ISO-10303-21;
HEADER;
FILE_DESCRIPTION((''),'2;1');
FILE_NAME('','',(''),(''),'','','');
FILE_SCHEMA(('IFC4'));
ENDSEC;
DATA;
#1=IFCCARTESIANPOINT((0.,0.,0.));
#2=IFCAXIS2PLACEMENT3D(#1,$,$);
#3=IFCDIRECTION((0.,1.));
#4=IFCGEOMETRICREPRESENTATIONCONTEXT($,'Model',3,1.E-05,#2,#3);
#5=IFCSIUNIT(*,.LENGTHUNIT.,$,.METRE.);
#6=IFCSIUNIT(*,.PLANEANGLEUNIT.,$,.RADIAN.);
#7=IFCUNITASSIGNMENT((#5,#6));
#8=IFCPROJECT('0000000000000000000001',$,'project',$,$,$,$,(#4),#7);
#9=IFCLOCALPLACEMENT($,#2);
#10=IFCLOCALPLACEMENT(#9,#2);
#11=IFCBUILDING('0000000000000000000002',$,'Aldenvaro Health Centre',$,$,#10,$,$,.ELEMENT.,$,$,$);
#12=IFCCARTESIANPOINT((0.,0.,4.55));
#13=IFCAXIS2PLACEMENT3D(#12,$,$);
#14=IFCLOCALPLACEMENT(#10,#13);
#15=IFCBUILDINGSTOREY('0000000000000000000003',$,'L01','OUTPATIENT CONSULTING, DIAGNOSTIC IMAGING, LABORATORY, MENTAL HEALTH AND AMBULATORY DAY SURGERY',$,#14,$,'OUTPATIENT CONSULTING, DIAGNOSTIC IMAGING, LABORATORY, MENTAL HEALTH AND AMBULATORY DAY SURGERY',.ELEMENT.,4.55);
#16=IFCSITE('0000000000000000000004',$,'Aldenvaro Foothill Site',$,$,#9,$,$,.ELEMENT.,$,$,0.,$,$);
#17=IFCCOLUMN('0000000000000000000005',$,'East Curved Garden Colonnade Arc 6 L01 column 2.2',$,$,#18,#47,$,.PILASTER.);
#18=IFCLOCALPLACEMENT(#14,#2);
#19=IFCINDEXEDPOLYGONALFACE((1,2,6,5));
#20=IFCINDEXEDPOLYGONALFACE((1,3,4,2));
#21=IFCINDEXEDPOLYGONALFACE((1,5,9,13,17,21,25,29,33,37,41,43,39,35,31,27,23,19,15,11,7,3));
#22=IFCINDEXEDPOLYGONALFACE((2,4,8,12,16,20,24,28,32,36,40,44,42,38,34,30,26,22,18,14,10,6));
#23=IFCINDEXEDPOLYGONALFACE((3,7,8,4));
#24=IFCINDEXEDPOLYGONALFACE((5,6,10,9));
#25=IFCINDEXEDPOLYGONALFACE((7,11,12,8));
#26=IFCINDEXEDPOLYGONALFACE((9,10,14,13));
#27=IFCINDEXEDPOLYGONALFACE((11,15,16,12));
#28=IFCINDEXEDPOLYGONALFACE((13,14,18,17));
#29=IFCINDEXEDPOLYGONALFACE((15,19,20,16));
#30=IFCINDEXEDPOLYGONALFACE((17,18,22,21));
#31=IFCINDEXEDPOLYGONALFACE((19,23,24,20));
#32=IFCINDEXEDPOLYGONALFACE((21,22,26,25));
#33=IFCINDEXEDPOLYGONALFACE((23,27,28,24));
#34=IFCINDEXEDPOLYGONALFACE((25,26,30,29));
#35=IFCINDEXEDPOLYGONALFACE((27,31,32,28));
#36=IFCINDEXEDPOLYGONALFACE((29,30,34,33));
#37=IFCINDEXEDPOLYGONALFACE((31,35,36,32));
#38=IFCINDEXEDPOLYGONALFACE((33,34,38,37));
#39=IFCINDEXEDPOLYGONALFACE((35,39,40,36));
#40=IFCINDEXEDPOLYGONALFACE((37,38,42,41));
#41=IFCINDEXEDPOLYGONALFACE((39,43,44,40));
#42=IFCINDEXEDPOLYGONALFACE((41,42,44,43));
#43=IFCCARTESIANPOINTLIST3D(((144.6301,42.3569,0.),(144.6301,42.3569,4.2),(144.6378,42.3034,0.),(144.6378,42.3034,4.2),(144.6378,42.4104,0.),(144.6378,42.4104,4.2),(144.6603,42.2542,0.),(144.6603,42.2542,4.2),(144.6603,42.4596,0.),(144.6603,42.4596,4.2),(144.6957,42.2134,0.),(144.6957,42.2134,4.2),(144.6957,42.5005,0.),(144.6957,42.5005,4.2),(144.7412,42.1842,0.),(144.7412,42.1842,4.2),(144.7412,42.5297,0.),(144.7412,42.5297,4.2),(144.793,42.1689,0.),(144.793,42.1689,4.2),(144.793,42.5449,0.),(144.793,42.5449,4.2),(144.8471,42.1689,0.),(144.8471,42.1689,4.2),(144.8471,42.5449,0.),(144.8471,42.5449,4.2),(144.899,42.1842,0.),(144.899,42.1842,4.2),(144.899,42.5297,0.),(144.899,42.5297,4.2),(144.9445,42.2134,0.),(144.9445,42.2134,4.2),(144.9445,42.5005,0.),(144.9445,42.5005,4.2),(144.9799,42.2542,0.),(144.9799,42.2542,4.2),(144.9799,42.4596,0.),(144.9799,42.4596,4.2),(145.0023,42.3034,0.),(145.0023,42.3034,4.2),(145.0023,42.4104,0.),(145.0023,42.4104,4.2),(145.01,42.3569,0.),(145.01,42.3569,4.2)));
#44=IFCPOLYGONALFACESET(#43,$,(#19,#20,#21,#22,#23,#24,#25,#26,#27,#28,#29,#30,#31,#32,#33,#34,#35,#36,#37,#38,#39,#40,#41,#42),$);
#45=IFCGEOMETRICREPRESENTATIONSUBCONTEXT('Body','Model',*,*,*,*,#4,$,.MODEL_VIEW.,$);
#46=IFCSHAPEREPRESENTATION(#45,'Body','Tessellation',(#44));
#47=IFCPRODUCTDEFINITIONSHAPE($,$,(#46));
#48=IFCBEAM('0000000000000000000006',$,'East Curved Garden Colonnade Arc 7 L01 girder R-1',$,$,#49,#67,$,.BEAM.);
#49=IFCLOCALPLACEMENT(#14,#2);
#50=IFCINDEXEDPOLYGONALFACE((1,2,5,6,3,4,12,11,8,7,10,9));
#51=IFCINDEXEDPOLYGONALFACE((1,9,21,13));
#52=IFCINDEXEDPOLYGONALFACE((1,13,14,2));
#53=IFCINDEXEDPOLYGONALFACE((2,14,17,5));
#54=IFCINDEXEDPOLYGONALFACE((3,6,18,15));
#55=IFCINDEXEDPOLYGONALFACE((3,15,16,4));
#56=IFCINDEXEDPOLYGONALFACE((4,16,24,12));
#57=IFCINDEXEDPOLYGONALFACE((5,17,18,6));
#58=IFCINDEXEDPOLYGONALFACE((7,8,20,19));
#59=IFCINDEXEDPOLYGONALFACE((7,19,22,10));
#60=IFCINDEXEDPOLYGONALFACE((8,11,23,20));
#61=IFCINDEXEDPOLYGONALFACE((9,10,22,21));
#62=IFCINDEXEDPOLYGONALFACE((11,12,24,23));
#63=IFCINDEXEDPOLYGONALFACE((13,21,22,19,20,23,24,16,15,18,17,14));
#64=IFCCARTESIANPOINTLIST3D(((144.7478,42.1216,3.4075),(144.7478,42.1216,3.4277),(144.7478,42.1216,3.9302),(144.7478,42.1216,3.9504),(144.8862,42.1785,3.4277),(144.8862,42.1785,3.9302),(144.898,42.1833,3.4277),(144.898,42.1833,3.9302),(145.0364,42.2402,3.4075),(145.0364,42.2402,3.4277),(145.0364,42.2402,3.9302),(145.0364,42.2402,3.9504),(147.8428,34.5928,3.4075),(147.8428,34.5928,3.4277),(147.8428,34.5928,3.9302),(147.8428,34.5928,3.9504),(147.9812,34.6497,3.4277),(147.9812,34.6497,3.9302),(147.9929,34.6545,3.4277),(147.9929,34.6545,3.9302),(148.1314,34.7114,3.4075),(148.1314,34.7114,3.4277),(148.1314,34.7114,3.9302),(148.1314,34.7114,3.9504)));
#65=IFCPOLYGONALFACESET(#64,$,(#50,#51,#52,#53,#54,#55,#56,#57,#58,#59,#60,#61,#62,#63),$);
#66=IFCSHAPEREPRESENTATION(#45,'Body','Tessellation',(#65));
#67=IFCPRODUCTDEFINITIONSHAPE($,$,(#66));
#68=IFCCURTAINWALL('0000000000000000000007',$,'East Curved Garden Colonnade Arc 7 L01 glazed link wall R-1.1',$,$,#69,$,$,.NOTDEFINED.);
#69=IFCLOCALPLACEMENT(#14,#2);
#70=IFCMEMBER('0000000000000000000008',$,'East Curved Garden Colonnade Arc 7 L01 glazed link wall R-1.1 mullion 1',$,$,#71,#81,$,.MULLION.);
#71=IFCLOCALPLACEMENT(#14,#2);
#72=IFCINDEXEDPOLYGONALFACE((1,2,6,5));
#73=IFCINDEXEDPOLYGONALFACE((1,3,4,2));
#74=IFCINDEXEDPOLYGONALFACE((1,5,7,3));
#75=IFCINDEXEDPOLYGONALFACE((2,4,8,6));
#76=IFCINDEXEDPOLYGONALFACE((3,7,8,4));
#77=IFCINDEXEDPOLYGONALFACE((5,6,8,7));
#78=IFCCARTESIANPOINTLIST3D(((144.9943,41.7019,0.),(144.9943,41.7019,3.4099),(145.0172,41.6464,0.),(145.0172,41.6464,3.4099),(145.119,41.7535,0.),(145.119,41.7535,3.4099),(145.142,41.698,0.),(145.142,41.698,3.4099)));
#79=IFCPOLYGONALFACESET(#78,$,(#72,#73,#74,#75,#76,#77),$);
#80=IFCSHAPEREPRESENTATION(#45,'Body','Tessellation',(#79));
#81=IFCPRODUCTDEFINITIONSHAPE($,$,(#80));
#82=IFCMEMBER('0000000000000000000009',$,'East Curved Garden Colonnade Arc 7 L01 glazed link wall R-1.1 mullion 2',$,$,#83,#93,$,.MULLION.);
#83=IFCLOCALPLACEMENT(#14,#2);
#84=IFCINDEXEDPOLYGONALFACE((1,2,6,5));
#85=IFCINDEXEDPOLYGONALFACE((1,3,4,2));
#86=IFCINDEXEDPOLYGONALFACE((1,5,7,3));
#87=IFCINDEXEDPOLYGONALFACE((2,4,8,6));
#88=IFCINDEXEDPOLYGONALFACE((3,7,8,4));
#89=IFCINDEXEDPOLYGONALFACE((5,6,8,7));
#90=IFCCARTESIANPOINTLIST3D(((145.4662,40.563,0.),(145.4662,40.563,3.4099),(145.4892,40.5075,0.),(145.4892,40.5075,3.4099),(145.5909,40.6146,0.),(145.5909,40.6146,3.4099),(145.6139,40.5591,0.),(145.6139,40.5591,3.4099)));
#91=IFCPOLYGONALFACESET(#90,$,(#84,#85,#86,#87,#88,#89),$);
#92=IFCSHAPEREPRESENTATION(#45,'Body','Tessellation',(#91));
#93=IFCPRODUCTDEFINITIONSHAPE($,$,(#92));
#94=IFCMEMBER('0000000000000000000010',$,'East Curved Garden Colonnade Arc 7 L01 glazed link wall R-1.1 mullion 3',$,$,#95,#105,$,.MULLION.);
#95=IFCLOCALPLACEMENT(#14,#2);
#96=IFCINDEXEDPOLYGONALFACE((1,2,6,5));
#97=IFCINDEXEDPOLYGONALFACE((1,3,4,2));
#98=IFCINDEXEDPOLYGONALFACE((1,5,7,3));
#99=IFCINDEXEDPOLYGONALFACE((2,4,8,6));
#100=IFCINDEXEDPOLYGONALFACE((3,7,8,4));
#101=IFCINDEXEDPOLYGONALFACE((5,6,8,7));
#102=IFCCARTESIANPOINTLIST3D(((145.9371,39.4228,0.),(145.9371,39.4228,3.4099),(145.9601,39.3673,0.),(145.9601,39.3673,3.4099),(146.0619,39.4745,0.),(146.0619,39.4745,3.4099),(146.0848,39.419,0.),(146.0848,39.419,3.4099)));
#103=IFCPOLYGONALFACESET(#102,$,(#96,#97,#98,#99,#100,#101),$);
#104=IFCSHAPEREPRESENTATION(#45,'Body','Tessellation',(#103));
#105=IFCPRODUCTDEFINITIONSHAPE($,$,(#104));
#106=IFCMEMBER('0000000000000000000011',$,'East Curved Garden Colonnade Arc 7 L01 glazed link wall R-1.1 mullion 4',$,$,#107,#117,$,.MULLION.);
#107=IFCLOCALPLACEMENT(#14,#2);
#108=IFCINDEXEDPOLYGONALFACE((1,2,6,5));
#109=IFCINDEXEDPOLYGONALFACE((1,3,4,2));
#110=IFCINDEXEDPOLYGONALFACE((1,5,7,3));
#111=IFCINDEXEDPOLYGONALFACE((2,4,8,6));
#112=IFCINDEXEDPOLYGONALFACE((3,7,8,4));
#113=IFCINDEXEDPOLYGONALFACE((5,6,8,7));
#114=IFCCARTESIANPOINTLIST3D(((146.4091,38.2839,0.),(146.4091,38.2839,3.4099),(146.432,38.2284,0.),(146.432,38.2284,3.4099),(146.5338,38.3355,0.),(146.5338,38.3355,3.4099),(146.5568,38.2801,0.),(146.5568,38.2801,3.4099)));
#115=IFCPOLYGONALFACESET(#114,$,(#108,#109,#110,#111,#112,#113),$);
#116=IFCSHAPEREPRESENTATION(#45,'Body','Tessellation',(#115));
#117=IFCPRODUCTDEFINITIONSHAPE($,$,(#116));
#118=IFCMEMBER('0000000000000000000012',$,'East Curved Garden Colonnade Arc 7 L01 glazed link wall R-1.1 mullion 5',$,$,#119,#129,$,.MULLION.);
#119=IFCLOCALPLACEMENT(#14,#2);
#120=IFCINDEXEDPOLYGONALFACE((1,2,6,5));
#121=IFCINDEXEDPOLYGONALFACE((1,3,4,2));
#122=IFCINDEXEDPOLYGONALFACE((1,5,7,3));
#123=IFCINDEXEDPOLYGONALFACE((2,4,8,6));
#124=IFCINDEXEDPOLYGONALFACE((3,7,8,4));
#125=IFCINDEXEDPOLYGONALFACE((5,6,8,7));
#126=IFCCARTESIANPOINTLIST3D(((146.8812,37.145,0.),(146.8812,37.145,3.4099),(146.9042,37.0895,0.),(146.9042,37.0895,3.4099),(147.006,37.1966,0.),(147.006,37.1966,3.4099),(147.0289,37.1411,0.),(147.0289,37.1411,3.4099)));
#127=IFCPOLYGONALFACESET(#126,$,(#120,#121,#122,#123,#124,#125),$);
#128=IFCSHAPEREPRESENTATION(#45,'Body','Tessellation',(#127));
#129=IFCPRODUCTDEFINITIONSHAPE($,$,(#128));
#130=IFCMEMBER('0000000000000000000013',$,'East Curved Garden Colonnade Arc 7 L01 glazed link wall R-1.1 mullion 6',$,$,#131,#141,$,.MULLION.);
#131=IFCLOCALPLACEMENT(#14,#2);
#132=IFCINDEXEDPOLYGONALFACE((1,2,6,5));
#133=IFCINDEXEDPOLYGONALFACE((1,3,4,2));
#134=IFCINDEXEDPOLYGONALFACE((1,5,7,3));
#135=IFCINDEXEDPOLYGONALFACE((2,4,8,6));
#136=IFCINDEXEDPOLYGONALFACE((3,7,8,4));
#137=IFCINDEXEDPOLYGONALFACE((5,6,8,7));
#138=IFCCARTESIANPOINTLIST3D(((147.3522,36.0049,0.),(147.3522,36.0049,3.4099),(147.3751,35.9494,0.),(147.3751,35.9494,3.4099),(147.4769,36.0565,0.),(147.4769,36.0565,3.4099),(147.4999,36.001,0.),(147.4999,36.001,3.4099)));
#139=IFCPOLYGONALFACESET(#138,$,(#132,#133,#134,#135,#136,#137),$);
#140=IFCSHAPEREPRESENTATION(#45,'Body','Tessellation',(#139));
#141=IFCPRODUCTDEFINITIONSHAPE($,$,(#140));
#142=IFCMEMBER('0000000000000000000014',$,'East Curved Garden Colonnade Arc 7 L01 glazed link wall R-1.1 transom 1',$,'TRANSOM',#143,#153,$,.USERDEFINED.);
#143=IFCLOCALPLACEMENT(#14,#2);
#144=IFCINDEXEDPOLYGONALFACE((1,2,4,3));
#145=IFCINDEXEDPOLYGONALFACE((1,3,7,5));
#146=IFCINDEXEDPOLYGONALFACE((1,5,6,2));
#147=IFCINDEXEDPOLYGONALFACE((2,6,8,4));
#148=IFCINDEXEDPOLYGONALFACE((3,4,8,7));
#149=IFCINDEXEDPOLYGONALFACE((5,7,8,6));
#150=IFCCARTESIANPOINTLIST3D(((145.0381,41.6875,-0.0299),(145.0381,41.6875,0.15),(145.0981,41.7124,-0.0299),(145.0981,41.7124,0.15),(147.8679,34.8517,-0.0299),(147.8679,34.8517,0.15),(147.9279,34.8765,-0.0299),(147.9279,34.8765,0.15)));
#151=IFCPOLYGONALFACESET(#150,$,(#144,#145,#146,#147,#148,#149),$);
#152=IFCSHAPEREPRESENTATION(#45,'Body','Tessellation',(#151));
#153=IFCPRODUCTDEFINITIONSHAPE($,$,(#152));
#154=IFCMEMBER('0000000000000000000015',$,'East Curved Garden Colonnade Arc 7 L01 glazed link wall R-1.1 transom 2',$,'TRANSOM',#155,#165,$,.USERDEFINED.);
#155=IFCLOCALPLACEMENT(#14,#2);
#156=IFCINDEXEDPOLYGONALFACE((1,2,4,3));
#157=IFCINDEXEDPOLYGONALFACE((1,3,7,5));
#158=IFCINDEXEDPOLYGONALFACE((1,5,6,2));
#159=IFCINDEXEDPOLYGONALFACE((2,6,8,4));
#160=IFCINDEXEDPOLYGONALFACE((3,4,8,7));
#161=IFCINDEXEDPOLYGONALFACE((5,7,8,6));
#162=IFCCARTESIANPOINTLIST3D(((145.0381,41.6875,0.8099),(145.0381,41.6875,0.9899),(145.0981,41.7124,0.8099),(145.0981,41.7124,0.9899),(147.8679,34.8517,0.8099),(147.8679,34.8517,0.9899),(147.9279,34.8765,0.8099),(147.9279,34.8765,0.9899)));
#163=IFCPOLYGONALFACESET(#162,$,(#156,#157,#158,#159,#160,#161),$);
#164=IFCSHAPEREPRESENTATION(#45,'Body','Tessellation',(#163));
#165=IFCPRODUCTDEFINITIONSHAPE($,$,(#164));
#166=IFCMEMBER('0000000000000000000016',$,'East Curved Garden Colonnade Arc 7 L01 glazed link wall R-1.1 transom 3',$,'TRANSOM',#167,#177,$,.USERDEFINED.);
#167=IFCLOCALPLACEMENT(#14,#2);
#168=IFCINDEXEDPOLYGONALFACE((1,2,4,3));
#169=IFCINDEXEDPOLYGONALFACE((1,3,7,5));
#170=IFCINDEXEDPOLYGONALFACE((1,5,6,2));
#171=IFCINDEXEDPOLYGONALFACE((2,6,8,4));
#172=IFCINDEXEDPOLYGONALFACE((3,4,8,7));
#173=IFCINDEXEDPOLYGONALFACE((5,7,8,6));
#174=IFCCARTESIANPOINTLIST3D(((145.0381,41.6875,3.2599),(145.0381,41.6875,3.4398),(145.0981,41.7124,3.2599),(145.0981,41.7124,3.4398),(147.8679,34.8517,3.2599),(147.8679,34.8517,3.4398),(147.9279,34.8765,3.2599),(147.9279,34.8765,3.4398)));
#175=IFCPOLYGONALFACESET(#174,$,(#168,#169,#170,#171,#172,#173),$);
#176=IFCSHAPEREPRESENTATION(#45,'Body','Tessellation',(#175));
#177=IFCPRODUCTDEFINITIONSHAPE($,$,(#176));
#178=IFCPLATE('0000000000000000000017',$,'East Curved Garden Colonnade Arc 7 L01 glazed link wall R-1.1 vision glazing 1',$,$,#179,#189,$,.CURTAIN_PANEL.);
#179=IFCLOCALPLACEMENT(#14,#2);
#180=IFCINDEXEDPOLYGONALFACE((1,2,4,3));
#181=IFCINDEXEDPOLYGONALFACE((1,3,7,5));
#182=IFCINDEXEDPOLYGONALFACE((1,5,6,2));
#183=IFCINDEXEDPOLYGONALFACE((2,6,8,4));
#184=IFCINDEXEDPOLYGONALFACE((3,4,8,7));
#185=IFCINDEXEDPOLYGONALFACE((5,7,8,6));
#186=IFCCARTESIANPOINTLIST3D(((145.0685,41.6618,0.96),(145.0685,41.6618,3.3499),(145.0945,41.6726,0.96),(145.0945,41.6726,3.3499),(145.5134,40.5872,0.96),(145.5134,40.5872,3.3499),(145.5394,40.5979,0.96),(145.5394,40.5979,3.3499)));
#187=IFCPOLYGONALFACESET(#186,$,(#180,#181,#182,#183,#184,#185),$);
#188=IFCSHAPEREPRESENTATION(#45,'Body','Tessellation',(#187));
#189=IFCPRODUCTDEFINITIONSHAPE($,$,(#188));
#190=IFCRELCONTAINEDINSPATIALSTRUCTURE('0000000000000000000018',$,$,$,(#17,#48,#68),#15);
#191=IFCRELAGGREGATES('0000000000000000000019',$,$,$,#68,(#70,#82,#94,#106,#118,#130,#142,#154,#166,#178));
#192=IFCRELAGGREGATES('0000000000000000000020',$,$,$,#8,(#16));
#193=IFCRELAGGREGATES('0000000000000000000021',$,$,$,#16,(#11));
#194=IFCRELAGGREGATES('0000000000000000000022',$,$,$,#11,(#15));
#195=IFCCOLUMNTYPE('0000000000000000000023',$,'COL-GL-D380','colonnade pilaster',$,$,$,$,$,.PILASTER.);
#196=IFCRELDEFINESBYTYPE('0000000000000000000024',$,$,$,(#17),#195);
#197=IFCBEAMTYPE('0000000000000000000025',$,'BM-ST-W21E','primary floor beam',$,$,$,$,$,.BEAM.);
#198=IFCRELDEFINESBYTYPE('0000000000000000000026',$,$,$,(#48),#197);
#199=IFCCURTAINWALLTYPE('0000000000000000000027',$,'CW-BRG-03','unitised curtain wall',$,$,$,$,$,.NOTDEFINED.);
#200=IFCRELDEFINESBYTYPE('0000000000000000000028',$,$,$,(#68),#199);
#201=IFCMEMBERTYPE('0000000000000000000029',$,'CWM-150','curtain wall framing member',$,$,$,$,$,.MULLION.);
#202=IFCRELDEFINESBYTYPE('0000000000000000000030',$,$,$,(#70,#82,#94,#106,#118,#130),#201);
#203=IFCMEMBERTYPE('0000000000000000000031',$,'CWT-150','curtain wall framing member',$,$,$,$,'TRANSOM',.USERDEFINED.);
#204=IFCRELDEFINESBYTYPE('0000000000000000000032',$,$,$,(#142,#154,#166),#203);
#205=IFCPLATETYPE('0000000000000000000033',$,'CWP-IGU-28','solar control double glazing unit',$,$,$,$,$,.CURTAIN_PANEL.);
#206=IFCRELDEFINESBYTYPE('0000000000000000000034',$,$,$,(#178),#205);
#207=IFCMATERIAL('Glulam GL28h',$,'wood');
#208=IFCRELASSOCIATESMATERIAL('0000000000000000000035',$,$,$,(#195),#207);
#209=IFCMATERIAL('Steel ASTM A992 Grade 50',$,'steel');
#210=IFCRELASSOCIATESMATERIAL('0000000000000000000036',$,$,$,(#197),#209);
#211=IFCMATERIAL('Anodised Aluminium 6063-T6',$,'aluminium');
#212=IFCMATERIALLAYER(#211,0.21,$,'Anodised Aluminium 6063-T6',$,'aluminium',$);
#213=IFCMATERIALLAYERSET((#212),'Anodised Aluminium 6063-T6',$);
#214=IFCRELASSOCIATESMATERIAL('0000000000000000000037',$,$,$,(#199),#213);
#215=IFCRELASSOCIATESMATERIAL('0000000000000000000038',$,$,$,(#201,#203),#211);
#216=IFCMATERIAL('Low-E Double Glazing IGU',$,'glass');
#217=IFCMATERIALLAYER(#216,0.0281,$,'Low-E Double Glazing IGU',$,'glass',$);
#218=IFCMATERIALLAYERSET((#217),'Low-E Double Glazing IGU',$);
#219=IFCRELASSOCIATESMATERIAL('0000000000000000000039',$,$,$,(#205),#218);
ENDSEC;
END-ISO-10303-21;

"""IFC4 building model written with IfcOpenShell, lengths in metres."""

from ifc_helpers import new_model, si_unit, direction, frame, origin, origin_2d, place, context, subcontext, project, spatial, rectangle, circle, i_section, extrude, material, layer, layer_set, material_profile, profile_set, type_object, element, aggregate, save


model = new_model("IFC4")

# Units and contexts
model_context = context("Model", 3, precision=1e-05, world=origin(), true_north=direction((0.0, 1.0)))
body_context = subcontext(model_context, "Body", "Model", "MODEL_VIEW")
ifc_project = project(units=[si_unit("LENGTHUNIT", "METRE"), si_unit("PLANEANGLEUNIT", "RADIAN")], contexts=[model_context])

# Site, building, storey
site_placement = place(None, origin())
site = spatial("IfcSite", under=ifc_project, at=site_placement, Name="Aldenvaro Foothill Site", CompositionType="ELEMENT", RefElevation=0.0)
building_placement = place(site_placement, origin())
building = spatial("IfcBuilding", under=site, at=building_placement, Name="Aldenvaro Health Centre", CompositionType="ELEMENT")
storey_placement = place(building_placement, frame((0.0, 0.0, 4.55)))
storey = spatial("IfcBuildingStorey", under=building, at=storey_placement, Name="L01", Description="OUTPATIENT CONSULTING, DIAGNOSTIC IMAGING, LABORATORY, MENTAL HEALTH AND AMBULATORY DAY SURGERY", LongName="OUTPATIENT CONSULTING, DIAGNOSTIC IMAGING, LABORATORY, MENTAL HEALTH AND AMBULATORY DAY SURGERY", CompositionType="ELEMENT", Elevation=4.55)

# Column
ifc_material_1 = material(Name="Glulam GL28h", Category="wood")
ifc_material_profile_1 = material_profile(ifc_material_1, circle(Radius=0.1899, at=origin_2d()), Name="GL D380", Category="wood")
ifc_profile_set_1 = profile_set([ifc_material_profile_1], Name="Glulam GL28h")
column_type = type_object("IfcColumnType", Name="COL-GL-D380", Description="colonnade pilaster", PredefinedType="PILASTER", material=ifc_profile_set_1)
column_placement = place(storey_placement, frame((144.8201, 42.3569, 0.0), z_axis=(0.0, 0.0, 1.0), x_axis=(1.0, 0.0, 0.0)))
element("IfcColumn", 1, at=column_placement, inside=storey, type_object=column_type, Name="East Curved Garden Colonnade Arc 6 L01 column 2.2", PredefinedType="PILASTER", context=body_context, shape_type="SweptSolid", body=[
    extrude(circle(Radius=0.1899, at=origin_2d()), origin(), (0.0, 0.0, 1.0), 4.2),
])

# Beam
ifc_material_2 = material(Name="Steel ASTM A992 Grade 50", Category="steel")
ifc_material_profile_2 = material_profile(ifc_material_2, i_section(OverallWidth=0.312, OverallDepth=0.543, WebThickness=0.0127, FlangeThickness=0.0203, at=origin_2d()), Name="W21X101", Category="steel")
ifc_profile_set_2 = profile_set([ifc_material_profile_2], Name="Steel ASTM A992 Grade 50")
beam_type = type_object("IfcBeamType", Name="BM-ST-W21E", Description="primary floor beam", PredefinedType="BEAM", material=ifc_profile_set_2)
beam_placement = place(storey_placement, frame((144.8921, 42.1809, 3.679), z_axis=(0.380211, -0.9249, 0.0), x_axis=(0.9249, 0.380211, 0.0)))
element("IfcBeam", 2, at=beam_placement, inside=storey, type_object=beam_type, Name="East Curved Garden Colonnade Arc 7 L01 girder R-1", PredefinedType="BEAM", context=body_context, shape_type="SweptSolid", body=[
    extrude(i_section(OverallWidth=0.312, OverallDepth=0.543, WebThickness=0.0127, FlangeThickness=0.0203, at=origin_2d()), origin(), (0.0, 0.0, 1.0), 8.1401),
])

# Curtain wall, members, plate
ifc_material_3 = material(Name="Anodised Aluminium 6063-T6", Category="aluminium")
ifc_layer_1 = layer(ifc_material_3, 0.21, Name="Anodised Aluminium 6063-T6", Category="aluminium")
ifc_layer_set_1 = layer_set([ifc_layer_1], Name="Anodised Aluminium 6063-T6")
curtain_wall_type = type_object("IfcCurtainWallType", Name="CW-BRG-03", Description="unitised curtain wall", PredefinedType="NOTDEFINED", material=ifc_layer_set_1)
curtain_wall_placement = place(storey_placement, origin())
curtain_wall = element("IfcCurtainWall", 3, at=curtain_wall_placement, inside=storey, type_object=curtain_wall_type, Name="East Curved Garden Colonnade Arc 7 L01 glazed link wall R-1.1", PredefinedType="NOTDEFINED")
ifc_material_profile_3 = material_profile(ifc_material_3, rectangle(XDim=0.0601, YDim=0.135, at=origin_2d()), Name="ALU 60x135", Category="aluminium")
ifc_profile_set_3 = profile_set([ifc_material_profile_3], Name="Anodised Aluminium 6063-T6")
member_type_1 = type_object("IfcMemberType", Name="CWM-150", Description="curtain wall framing member", PredefinedType="MULLION", material=ifc_profile_set_3)
member_1_placement = place(storey_placement, frame((145.0681, 41.7, 0.0), z_axis=(0.0, 0.0, 1.0), x_axis=(0.382503, -0.923954, 0.0)))
member_1 = element("IfcMember", 4, at=member_1_placement, type_object=member_type_1, Name="East Curved Garden Colonnade Arc 7 L01 glazed link wall R-1.1 mullion 1", PredefinedType="MULLION", context=body_context, shape_type="SweptSolid", body=[
    extrude(rectangle(XDim=0.0601, YDim=0.135, at=origin_2d()), origin(), (0.0, 0.0, 1.0), 3.4099),
])
member_2_placement = place(storey_placement, frame((145.54, 40.561, 0.0), z_axis=(0.0, 0.0, 1.0), x_axis=(0.382503, -0.923954, 0.0)))
member_2 = element("IfcMember", 5, at=member_2_placement, type_object=member_type_1, Name="East Curved Garden Colonnade Arc 7 L01 glazed link wall R-1.1 mullion 2", PredefinedType="MULLION", context=body_context, shape_type="SweptSolid", body=[
    extrude(rectangle(XDim=0.0601, YDim=0.135, at=origin_2d()), origin(), (0.0, 0.0, 1.0), 3.4099),
])
member_3_placement = place(storey_placement, frame((146.011, 39.4209, 0.0), z_axis=(0.0, 0.0, 1.0), x_axis=(0.382503, -0.923954, 0.0)))
member_3 = element("IfcMember", 6, at=member_3_placement, type_object=member_type_1, Name="East Curved Garden Colonnade Arc 7 L01 glazed link wall R-1.1 mullion 3", PredefinedType="MULLION", context=body_context, shape_type="SweptSolid", body=[
    extrude(rectangle(XDim=0.0601, YDim=0.135, at=origin_2d()), origin(), (0.0, 0.0, 1.0), 3.4099),
])
member_4_placement = place(storey_placement, frame((146.4829, 38.282, 0.0), z_axis=(0.0, 0.0, 1.0), x_axis=(0.382503, -0.923954, 0.0)))
member_4 = element("IfcMember", 7, at=member_4_placement, type_object=member_type_1, Name="East Curved Garden Colonnade Arc 7 L01 glazed link wall R-1.1 mullion 4", PredefinedType="MULLION", context=body_context, shape_type="SweptSolid", body=[
    extrude(rectangle(XDim=0.0601, YDim=0.135, at=origin_2d()), origin(), (0.0, 0.0, 1.0), 3.4099),
])
member_5_placement = place(storey_placement, frame((146.9551, 37.1431, 0.0), z_axis=(0.0, 0.0, 1.0), x_axis=(0.382503, -0.923954, 0.0)))
member_5 = element("IfcMember", 8, at=member_5_placement, type_object=member_type_1, Name="East Curved Garden Colonnade Arc 7 L01 glazed link wall R-1.1 mullion 5", PredefinedType="MULLION", context=body_context, shape_type="SweptSolid", body=[
    extrude(rectangle(XDim=0.0601, YDim=0.135, at=origin_2d()), origin(), (0.0, 0.0, 1.0), 3.4099),
])
member_6_placement = place(storey_placement, frame((147.426, 36.0029, 0.0), z_axis=(0.0, 0.0, 1.0), x_axis=(0.382503, -0.923954, 0.0)))
member_6 = element("IfcMember", 9, at=member_6_placement, type_object=member_type_1, Name="East Curved Garden Colonnade Arc 7 L01 glazed link wall R-1.1 mullion 6", PredefinedType="MULLION", context=body_context, shape_type="SweptSolid", body=[
    extrude(rectangle(XDim=0.0601, YDim=0.135, at=origin_2d()), origin(), (0.0, 0.0, 1.0), 3.4099),
])
ifc_material_profile_4 = material_profile(ifc_material_3, rectangle(XDim=0.0649, YDim=0.1799, at=origin_2d()), Name="ALU 65x180", Category="aluminium")
ifc_profile_set_4 = profile_set([ifc_material_profile_4], Name="Anodised Aluminium 6063-T6")
member_type_2 = type_object("IfcMemberType", Name="CWT-150", Description="curtain wall framing member", ElementType="TRANSOM", PredefinedType="USERDEFINED", material=ifc_profile_set_4)
member_7_placement = place(storey_placement, frame((145.0681, 41.7, 0.0601), z_axis=(0.382487, -0.923961, 0.0), x_axis=(0.923961, 0.382487, 0.0)))
member_7 = element("IfcMember", 10, at=member_7_placement, type_object=member_type_2, Name="East Curved Garden Colonnade Arc 7 L01 glazed link wall R-1.1 transom 1", ObjectType="TRANSOM", PredefinedType="USERDEFINED", context=body_context, shape_type="SweptSolid", body=[
    extrude(rectangle(XDim=0.0649, YDim=0.1799, at=origin_2d()), origin(), (0.0, 0.0, 1.0), 7.3984),
])
member_8_placement = place(storey_placement, frame((145.0681, 41.7, 0.8999), z_axis=(0.382487, -0.923961, 0.0), x_axis=(0.923961, 0.382487, 0.0)))
member_8 = element("IfcMember", 11, at=member_8_placement, type_object=member_type_2, Name="East Curved Garden Colonnade Arc 7 L01 glazed link wall R-1.1 transom 2", ObjectType="TRANSOM", PredefinedType="USERDEFINED", context=body_context, shape_type="SweptSolid", body=[
    extrude(rectangle(XDim=0.0649, YDim=0.1799, at=origin_2d()), origin(), (0.0, 0.0, 1.0), 7.3984),
])
member_9_placement = place(storey_placement, frame((145.0681, 41.7, 3.3499), z_axis=(0.382487, -0.923961, 0.0), x_axis=(0.923961, 0.382487, 0.0)))
member_9 = element("IfcMember", 12, at=member_9_placement, type_object=member_type_2, Name="East Curved Garden Colonnade Arc 7 L01 glazed link wall R-1.1 transom 3", ObjectType="TRANSOM", PredefinedType="USERDEFINED", context=body_context, shape_type="SweptSolid", body=[
    extrude(rectangle(XDim=0.0649, YDim=0.1799, at=origin_2d()), origin(), (0.0, 0.0, 1.0), 7.3984),
])
ifc_material_4 = material(Name="Low-E Double Glazing IGU", Category="glass")
ifc_layer_2 = layer(ifc_material_4, 0.0281, Name="Low-E Double Glazing IGU", Category="glass")
ifc_layer_set_2 = layer_set([ifc_layer_2], Name="Low-E Double Glazing IGU")
plate_type_1 = type_object("IfcPlateType", Name="CWP-IGU-28", Description="solar control double glazing unit", PredefinedType="CURTAIN_PANEL", material=ifc_layer_set_2)
plate_1_placement = place(storey_placement, frame((145.304, 41.1299, 0.96), z_axis=(0.0, 0.0, 1.0), x_axis=(0.382503, -0.923954, 0.0)))
plate_1 = element("IfcPlate", 13, at=plate_1_placement, type_object=plate_type_1, Name="East Curved Garden Colonnade Arc 7 L01 glazed link wall R-1.1 vision glazing 1", PredefinedType="CURTAIN_PANEL", context=body_context, shape_type="SweptSolid", body=[
    extrude(rectangle(XDim=1.1631, YDim=0.0281, at=origin_2d()), origin(), (0.0, 0.0, 1.0), 2.3899),
])
aggregate(curtain_wall, [member_1, member_2, member_3, member_4, member_5, member_6, member_7, member_8, member_9, plate_1])

save(model, "model.ifc")
